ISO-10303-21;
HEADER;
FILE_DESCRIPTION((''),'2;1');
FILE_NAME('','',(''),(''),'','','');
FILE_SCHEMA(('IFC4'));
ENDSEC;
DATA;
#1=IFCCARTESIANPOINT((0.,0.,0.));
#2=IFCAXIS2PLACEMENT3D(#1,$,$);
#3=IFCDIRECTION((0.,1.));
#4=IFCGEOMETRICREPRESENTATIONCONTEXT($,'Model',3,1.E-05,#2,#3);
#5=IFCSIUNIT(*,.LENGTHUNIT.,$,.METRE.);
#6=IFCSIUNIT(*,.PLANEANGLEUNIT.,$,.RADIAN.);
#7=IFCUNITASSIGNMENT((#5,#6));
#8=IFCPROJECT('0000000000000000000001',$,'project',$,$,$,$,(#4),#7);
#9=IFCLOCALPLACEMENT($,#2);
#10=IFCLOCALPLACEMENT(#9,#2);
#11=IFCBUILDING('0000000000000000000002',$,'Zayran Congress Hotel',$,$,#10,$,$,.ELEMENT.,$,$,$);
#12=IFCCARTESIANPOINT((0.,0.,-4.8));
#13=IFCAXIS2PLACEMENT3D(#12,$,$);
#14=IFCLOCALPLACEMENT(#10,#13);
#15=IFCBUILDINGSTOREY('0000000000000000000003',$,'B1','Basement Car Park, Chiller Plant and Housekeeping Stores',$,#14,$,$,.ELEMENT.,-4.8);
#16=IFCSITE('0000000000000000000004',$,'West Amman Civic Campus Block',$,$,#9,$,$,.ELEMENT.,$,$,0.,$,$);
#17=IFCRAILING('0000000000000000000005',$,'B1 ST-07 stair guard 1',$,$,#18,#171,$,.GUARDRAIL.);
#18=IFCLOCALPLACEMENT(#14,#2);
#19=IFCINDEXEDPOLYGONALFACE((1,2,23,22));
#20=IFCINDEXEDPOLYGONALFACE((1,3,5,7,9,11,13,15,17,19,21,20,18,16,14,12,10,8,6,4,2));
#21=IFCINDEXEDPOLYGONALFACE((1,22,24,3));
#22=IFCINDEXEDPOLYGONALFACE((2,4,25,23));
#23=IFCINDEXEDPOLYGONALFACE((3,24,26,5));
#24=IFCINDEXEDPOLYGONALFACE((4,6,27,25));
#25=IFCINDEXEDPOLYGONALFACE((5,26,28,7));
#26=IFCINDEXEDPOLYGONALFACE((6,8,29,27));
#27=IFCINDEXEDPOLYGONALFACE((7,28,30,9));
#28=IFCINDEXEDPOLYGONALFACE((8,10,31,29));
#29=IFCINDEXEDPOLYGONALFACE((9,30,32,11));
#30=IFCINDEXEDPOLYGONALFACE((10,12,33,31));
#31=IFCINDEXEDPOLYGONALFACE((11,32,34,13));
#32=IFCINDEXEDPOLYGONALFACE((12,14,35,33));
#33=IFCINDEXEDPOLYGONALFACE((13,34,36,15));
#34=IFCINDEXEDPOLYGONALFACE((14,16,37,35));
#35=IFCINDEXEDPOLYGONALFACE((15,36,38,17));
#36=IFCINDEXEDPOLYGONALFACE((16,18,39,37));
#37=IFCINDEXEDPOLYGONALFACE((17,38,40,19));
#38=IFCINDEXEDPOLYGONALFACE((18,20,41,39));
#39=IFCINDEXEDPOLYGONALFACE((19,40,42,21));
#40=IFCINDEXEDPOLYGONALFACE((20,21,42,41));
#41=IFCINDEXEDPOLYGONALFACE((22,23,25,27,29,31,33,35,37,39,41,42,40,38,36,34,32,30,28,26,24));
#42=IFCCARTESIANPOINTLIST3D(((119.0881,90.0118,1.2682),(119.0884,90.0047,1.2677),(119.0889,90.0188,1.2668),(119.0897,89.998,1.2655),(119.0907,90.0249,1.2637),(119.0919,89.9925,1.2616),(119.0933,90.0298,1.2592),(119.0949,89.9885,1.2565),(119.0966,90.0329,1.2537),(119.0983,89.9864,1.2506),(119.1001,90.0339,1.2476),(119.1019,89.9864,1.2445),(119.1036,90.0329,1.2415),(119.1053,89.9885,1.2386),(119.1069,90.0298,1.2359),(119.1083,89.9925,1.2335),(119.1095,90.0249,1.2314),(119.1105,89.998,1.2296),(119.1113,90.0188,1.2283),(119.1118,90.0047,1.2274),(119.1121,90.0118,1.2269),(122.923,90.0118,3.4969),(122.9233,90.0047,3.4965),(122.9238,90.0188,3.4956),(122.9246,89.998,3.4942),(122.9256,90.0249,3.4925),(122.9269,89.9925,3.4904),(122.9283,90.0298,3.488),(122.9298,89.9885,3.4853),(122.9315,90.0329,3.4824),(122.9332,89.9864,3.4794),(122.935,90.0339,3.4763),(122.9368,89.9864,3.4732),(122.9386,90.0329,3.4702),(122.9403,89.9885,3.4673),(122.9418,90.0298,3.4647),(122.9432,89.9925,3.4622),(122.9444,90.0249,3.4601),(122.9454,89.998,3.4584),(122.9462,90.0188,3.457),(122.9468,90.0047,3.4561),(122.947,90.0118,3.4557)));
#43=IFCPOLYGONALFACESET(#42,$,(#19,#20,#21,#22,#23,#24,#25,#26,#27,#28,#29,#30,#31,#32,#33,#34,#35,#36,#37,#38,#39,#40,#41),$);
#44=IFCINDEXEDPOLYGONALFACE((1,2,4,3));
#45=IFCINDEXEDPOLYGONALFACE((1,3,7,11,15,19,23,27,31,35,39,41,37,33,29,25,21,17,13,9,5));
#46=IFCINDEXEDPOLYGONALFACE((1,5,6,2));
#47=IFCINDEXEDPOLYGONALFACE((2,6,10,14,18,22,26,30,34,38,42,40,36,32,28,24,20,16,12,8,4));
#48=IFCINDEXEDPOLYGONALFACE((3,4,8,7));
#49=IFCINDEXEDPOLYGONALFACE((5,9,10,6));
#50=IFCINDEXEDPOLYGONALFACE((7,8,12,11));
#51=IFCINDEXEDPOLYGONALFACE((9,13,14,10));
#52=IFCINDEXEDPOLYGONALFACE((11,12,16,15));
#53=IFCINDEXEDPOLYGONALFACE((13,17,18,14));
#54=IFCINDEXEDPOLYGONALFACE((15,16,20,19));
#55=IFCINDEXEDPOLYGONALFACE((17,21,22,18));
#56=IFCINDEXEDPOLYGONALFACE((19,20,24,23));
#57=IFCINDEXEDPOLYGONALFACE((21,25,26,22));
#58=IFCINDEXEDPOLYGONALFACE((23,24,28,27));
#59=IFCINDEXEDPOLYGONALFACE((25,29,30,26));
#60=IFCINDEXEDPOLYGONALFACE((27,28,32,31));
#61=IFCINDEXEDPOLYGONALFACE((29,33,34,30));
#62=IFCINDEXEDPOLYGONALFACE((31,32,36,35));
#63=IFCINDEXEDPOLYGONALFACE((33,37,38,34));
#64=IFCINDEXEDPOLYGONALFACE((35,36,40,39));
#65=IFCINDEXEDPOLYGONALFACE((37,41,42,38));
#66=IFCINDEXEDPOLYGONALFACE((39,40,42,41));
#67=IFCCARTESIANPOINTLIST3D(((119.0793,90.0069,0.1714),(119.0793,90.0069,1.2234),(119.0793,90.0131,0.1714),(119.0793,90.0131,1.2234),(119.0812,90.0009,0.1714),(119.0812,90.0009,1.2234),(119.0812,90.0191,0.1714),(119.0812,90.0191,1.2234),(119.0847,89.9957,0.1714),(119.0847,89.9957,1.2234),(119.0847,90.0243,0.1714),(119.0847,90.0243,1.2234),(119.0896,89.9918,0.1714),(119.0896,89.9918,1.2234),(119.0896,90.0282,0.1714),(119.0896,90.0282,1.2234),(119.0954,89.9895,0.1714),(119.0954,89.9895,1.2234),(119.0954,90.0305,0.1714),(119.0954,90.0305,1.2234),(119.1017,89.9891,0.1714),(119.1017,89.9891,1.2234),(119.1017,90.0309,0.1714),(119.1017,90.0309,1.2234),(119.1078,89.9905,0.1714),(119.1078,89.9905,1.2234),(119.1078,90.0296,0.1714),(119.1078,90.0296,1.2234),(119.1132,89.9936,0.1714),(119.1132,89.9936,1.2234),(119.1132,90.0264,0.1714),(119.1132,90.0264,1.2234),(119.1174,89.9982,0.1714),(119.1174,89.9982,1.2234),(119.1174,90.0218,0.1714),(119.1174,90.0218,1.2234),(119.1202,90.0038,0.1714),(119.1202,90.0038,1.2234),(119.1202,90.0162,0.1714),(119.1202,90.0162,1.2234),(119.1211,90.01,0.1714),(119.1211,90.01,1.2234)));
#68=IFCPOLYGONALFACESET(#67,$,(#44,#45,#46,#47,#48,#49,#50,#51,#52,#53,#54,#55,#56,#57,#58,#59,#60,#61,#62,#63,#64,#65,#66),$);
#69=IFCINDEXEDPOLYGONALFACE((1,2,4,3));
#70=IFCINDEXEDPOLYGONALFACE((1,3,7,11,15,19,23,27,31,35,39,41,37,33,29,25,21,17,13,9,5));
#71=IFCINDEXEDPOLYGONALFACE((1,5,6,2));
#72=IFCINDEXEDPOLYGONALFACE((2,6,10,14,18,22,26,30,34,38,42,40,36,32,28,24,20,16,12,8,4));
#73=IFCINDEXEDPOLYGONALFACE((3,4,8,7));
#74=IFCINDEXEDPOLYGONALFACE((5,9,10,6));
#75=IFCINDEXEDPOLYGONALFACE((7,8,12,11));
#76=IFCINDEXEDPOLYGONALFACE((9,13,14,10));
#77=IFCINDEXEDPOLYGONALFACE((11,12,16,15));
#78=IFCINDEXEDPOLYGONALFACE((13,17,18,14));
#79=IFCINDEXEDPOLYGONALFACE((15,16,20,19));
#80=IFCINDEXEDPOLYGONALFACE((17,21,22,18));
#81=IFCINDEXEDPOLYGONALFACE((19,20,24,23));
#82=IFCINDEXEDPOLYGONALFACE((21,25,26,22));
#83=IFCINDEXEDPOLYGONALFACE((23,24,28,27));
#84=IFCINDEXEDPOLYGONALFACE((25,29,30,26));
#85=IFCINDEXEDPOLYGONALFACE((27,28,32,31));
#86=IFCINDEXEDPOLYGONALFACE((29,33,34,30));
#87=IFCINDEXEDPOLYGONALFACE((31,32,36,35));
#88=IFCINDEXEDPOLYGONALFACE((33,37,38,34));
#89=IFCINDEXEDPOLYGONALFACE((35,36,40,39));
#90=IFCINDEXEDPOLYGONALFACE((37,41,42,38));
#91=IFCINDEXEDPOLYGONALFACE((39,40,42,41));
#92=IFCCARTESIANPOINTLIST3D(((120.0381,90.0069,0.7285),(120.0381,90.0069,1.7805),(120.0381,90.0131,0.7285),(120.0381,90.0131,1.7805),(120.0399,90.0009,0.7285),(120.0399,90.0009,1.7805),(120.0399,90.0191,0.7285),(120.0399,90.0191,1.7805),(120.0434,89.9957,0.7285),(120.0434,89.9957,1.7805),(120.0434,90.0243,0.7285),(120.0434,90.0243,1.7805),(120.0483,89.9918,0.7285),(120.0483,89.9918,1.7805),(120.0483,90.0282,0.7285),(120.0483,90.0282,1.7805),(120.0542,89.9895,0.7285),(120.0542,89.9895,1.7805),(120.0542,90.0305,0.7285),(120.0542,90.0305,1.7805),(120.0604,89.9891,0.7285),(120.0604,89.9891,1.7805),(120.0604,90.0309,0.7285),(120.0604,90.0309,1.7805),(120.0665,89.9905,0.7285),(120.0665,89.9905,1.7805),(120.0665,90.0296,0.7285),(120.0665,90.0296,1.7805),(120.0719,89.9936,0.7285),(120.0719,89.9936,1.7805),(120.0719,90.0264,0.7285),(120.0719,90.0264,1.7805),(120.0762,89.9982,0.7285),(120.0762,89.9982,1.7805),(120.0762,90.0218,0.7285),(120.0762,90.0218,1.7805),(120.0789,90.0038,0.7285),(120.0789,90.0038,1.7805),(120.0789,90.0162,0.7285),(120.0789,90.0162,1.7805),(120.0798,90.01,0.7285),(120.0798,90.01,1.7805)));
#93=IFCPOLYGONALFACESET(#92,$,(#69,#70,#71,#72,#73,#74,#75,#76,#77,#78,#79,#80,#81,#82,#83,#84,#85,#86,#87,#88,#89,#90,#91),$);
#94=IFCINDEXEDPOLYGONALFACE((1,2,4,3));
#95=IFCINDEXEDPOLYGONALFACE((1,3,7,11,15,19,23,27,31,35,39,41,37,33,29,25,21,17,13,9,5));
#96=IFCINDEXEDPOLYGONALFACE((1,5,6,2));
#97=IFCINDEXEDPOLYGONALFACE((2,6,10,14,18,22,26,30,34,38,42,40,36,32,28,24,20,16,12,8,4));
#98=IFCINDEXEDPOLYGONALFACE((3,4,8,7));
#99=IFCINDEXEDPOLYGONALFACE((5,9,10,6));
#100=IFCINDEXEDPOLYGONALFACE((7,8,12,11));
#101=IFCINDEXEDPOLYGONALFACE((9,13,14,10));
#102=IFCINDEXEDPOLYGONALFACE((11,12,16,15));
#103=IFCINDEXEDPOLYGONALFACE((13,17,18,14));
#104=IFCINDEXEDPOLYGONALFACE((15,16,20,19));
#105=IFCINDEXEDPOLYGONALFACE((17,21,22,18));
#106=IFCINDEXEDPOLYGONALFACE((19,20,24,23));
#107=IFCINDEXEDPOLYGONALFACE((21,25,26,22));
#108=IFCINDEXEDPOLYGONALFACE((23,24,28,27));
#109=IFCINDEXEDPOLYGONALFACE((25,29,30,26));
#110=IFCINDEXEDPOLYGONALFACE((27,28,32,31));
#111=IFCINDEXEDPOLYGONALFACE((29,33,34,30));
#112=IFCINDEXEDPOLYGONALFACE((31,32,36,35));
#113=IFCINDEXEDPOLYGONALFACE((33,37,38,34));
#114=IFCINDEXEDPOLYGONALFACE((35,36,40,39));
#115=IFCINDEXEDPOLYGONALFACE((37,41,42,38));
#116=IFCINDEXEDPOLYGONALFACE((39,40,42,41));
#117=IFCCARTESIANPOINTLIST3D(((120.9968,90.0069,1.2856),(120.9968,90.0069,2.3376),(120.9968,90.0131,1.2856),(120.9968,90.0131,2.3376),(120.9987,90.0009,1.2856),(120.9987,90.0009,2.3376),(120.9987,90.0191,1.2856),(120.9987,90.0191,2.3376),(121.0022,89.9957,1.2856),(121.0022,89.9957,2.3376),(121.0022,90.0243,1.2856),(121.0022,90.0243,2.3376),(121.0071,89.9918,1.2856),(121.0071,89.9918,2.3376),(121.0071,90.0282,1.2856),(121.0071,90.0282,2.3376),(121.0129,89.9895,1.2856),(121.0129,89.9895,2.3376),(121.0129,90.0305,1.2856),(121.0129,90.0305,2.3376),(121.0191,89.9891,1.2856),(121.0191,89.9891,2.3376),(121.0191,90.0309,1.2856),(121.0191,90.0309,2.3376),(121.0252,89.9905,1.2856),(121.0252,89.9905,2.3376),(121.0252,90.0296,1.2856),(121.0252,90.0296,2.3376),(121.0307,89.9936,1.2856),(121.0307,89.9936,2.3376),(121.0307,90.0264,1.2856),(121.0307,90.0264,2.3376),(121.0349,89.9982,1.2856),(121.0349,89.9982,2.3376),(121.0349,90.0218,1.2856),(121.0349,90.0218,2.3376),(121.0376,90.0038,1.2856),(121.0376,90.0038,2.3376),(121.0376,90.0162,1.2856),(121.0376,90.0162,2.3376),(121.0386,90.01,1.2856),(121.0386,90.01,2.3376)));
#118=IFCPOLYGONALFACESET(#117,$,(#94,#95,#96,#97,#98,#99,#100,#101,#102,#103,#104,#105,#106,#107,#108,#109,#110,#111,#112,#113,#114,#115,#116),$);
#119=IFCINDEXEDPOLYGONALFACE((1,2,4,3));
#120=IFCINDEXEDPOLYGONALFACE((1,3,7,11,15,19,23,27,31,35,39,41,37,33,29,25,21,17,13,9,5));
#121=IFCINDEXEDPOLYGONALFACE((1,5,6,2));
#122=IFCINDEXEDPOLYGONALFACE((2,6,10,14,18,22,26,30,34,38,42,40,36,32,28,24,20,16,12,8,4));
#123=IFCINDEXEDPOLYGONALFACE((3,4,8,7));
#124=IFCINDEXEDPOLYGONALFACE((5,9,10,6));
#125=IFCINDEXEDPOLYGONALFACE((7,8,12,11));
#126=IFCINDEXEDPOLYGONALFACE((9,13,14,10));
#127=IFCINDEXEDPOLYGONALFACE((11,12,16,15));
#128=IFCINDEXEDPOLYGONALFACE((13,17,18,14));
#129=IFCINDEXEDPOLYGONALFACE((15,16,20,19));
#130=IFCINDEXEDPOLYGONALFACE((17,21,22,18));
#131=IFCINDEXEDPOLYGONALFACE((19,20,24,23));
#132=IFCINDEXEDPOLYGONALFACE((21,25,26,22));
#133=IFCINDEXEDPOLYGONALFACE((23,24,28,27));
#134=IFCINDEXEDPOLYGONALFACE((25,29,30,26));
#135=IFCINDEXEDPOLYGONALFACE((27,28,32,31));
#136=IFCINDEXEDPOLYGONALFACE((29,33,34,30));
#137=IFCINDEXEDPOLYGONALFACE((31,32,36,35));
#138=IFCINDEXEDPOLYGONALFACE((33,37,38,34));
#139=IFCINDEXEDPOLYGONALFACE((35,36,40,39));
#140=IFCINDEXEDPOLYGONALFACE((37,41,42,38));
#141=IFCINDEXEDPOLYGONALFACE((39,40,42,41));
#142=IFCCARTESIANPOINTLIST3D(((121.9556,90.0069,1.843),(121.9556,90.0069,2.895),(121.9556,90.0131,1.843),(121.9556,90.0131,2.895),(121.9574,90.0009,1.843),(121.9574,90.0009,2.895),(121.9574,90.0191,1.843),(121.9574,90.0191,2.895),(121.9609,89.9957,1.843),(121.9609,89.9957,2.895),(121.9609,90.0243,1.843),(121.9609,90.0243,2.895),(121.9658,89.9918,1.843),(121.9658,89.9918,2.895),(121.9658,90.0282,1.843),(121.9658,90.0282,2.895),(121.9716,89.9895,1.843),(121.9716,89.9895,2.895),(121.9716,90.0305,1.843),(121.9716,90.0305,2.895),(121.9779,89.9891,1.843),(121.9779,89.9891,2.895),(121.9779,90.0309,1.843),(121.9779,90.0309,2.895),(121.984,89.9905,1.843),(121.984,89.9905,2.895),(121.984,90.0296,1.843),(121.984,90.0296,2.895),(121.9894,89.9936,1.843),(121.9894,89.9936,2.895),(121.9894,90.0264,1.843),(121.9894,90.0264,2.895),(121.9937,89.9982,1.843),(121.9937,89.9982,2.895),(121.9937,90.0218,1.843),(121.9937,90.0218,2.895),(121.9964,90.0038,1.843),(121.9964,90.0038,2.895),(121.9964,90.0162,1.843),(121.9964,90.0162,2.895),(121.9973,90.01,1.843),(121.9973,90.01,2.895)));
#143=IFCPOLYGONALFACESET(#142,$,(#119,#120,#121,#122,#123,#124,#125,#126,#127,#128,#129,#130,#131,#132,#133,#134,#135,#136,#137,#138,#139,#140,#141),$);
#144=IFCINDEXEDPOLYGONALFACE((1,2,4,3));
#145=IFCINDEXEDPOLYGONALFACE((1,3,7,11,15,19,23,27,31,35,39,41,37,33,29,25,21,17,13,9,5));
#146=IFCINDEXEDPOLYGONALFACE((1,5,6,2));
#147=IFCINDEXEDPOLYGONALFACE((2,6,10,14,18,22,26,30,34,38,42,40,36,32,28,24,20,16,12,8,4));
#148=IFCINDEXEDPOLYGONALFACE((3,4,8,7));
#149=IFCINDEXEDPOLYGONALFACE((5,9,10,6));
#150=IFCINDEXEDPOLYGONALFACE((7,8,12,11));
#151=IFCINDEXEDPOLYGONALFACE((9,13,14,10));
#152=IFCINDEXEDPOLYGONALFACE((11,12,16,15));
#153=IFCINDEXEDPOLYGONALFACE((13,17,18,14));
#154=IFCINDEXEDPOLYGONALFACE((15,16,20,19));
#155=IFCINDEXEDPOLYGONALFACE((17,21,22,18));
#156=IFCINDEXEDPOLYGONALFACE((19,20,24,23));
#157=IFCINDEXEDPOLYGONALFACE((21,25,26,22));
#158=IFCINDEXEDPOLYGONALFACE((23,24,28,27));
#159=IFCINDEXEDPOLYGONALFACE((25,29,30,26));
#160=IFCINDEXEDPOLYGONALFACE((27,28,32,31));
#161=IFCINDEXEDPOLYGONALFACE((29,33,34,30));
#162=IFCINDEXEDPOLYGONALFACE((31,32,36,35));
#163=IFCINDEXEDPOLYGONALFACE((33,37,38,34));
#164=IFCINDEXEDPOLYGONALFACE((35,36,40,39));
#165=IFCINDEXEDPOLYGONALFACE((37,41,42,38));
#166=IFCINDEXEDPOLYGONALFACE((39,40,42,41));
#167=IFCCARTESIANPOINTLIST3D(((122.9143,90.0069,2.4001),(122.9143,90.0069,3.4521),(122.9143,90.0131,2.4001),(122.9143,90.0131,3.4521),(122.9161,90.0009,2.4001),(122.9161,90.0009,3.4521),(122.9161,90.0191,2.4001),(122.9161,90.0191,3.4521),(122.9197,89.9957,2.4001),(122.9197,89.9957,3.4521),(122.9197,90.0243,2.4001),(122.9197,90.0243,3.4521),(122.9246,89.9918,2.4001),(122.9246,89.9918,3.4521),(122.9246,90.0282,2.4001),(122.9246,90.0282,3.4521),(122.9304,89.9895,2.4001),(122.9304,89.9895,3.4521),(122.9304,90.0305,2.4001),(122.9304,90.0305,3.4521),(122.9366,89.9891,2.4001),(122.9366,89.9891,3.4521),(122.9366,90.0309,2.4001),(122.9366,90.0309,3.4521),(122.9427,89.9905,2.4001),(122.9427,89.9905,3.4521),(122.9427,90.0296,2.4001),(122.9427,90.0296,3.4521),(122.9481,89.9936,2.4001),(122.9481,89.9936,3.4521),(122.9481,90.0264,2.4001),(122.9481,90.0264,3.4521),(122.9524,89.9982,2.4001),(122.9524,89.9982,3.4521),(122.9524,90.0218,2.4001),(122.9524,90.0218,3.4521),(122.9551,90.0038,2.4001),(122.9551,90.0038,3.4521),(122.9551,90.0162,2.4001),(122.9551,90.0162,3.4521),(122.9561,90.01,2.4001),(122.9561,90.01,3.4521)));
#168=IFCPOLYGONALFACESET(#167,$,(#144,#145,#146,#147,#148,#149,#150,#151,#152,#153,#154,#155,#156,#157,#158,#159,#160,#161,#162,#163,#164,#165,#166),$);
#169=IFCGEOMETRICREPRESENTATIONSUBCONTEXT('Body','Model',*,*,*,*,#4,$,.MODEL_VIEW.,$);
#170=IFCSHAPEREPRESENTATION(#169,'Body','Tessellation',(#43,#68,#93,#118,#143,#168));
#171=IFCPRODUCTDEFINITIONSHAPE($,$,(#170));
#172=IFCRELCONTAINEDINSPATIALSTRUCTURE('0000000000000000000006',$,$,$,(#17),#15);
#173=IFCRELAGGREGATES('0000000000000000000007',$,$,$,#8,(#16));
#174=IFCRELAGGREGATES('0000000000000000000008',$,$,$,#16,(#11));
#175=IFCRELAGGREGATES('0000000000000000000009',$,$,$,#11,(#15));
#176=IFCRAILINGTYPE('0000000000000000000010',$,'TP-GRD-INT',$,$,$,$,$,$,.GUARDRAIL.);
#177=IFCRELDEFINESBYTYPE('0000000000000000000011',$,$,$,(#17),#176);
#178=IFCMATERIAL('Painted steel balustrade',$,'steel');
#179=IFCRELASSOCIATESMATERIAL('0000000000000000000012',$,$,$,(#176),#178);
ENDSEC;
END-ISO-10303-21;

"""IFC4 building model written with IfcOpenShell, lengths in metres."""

from ifc_helpers import new_model, si_unit, direction, frame, origin, origin_2d, place, context, subcontext, project, spatial, circle, extrude, material, type_object, element, save


model = new_model("IFC4")

# Units and contexts
model_context = context("Model", 3, precision=1e-05, world=origin(), true_north=direction((0.0, 1.0)))
body_context = subcontext(model_context, "Body", "Model", "MODEL_VIEW")
ifc_project = project(units=[si_unit("LENGTHUNIT", "METRE"), si_unit("PLANEANGLEUNIT", "RADIAN")], contexts=[model_context])

# Site, building, storey
site_placement = place(None, origin())
site = spatial("IfcSite", under=ifc_project, at=site_placement, Name="West Amman Civic Campus Block", CompositionType="ELEMENT", RefElevation=0.0)
building_placement = place(site_placement, origin())
building = spatial("IfcBuilding", under=site, at=building_placement, Name="Zayran Congress Hotel", CompositionType="ELEMENT")
storey_placement = place(building_placement, frame((0.0, 0.0, -4.8)))
storey = spatial("IfcBuildingStorey", under=building, at=storey_placement, Name="B1", Description="Basement Car Park, Chiller Plant and Housekeeping Stores", CompositionType="ELEMENT", Elevation=-4.8)

# Railing
ifc_material_1 = material(Name="Painted steel balustrade", Category="steel")
railing_type_1 = type_object("IfcRailingType", Name="TP-GRD-INT", PredefinedType="GUARDRAIL", material=ifc_material_1)
railing_1_placement = place(storey_placement, frame((119.1001, 90.01, 0.1714)))
element("IfcRailing", 1, at=railing_1_placement, inside=storey, type_object=railing_type_1, Name="B1 ST-07 stair guard 1", PredefinedType="GUARDRAIL", context=body_context, shape_type="SweptSolid", body=[
    extrude(circle(Radius=0.0239, at=origin_2d()), frame((0.0, 0.0, 1.0762), z_axis=(0.864592, 0.0, 0.502474), x_axis=(0.0, 1.0, 0.0)), (0.0, 0.0, 1.0), 4.4355),
    extrude(circle(Radius=0.021, at=origin_2d()), origin(), (0.0, 0.0, 1.0), 1.052),
    extrude(circle(Radius=0.021, at=origin_2d()), frame((0.9587, 0.0, 0.5571)), (0.0, 0.0, 1.0), 1.052),
    extrude(circle(Radius=0.021, at=origin_2d()), frame((1.9175, 0.0, 1.1143)), (0.0, 0.0, 1.0), 1.052),
    extrude(circle(Radius=0.021, at=origin_2d()), frame((2.8762, 0.0, 1.6716)), (0.0, 0.0, 1.0), 1.052),
    extrude(circle(Radius=0.021, at=origin_2d()), frame((3.835, 0.0, 2.2288)), (0.0, 0.0, 1.0), 1.052),
])

save(model, "model.ifc")
